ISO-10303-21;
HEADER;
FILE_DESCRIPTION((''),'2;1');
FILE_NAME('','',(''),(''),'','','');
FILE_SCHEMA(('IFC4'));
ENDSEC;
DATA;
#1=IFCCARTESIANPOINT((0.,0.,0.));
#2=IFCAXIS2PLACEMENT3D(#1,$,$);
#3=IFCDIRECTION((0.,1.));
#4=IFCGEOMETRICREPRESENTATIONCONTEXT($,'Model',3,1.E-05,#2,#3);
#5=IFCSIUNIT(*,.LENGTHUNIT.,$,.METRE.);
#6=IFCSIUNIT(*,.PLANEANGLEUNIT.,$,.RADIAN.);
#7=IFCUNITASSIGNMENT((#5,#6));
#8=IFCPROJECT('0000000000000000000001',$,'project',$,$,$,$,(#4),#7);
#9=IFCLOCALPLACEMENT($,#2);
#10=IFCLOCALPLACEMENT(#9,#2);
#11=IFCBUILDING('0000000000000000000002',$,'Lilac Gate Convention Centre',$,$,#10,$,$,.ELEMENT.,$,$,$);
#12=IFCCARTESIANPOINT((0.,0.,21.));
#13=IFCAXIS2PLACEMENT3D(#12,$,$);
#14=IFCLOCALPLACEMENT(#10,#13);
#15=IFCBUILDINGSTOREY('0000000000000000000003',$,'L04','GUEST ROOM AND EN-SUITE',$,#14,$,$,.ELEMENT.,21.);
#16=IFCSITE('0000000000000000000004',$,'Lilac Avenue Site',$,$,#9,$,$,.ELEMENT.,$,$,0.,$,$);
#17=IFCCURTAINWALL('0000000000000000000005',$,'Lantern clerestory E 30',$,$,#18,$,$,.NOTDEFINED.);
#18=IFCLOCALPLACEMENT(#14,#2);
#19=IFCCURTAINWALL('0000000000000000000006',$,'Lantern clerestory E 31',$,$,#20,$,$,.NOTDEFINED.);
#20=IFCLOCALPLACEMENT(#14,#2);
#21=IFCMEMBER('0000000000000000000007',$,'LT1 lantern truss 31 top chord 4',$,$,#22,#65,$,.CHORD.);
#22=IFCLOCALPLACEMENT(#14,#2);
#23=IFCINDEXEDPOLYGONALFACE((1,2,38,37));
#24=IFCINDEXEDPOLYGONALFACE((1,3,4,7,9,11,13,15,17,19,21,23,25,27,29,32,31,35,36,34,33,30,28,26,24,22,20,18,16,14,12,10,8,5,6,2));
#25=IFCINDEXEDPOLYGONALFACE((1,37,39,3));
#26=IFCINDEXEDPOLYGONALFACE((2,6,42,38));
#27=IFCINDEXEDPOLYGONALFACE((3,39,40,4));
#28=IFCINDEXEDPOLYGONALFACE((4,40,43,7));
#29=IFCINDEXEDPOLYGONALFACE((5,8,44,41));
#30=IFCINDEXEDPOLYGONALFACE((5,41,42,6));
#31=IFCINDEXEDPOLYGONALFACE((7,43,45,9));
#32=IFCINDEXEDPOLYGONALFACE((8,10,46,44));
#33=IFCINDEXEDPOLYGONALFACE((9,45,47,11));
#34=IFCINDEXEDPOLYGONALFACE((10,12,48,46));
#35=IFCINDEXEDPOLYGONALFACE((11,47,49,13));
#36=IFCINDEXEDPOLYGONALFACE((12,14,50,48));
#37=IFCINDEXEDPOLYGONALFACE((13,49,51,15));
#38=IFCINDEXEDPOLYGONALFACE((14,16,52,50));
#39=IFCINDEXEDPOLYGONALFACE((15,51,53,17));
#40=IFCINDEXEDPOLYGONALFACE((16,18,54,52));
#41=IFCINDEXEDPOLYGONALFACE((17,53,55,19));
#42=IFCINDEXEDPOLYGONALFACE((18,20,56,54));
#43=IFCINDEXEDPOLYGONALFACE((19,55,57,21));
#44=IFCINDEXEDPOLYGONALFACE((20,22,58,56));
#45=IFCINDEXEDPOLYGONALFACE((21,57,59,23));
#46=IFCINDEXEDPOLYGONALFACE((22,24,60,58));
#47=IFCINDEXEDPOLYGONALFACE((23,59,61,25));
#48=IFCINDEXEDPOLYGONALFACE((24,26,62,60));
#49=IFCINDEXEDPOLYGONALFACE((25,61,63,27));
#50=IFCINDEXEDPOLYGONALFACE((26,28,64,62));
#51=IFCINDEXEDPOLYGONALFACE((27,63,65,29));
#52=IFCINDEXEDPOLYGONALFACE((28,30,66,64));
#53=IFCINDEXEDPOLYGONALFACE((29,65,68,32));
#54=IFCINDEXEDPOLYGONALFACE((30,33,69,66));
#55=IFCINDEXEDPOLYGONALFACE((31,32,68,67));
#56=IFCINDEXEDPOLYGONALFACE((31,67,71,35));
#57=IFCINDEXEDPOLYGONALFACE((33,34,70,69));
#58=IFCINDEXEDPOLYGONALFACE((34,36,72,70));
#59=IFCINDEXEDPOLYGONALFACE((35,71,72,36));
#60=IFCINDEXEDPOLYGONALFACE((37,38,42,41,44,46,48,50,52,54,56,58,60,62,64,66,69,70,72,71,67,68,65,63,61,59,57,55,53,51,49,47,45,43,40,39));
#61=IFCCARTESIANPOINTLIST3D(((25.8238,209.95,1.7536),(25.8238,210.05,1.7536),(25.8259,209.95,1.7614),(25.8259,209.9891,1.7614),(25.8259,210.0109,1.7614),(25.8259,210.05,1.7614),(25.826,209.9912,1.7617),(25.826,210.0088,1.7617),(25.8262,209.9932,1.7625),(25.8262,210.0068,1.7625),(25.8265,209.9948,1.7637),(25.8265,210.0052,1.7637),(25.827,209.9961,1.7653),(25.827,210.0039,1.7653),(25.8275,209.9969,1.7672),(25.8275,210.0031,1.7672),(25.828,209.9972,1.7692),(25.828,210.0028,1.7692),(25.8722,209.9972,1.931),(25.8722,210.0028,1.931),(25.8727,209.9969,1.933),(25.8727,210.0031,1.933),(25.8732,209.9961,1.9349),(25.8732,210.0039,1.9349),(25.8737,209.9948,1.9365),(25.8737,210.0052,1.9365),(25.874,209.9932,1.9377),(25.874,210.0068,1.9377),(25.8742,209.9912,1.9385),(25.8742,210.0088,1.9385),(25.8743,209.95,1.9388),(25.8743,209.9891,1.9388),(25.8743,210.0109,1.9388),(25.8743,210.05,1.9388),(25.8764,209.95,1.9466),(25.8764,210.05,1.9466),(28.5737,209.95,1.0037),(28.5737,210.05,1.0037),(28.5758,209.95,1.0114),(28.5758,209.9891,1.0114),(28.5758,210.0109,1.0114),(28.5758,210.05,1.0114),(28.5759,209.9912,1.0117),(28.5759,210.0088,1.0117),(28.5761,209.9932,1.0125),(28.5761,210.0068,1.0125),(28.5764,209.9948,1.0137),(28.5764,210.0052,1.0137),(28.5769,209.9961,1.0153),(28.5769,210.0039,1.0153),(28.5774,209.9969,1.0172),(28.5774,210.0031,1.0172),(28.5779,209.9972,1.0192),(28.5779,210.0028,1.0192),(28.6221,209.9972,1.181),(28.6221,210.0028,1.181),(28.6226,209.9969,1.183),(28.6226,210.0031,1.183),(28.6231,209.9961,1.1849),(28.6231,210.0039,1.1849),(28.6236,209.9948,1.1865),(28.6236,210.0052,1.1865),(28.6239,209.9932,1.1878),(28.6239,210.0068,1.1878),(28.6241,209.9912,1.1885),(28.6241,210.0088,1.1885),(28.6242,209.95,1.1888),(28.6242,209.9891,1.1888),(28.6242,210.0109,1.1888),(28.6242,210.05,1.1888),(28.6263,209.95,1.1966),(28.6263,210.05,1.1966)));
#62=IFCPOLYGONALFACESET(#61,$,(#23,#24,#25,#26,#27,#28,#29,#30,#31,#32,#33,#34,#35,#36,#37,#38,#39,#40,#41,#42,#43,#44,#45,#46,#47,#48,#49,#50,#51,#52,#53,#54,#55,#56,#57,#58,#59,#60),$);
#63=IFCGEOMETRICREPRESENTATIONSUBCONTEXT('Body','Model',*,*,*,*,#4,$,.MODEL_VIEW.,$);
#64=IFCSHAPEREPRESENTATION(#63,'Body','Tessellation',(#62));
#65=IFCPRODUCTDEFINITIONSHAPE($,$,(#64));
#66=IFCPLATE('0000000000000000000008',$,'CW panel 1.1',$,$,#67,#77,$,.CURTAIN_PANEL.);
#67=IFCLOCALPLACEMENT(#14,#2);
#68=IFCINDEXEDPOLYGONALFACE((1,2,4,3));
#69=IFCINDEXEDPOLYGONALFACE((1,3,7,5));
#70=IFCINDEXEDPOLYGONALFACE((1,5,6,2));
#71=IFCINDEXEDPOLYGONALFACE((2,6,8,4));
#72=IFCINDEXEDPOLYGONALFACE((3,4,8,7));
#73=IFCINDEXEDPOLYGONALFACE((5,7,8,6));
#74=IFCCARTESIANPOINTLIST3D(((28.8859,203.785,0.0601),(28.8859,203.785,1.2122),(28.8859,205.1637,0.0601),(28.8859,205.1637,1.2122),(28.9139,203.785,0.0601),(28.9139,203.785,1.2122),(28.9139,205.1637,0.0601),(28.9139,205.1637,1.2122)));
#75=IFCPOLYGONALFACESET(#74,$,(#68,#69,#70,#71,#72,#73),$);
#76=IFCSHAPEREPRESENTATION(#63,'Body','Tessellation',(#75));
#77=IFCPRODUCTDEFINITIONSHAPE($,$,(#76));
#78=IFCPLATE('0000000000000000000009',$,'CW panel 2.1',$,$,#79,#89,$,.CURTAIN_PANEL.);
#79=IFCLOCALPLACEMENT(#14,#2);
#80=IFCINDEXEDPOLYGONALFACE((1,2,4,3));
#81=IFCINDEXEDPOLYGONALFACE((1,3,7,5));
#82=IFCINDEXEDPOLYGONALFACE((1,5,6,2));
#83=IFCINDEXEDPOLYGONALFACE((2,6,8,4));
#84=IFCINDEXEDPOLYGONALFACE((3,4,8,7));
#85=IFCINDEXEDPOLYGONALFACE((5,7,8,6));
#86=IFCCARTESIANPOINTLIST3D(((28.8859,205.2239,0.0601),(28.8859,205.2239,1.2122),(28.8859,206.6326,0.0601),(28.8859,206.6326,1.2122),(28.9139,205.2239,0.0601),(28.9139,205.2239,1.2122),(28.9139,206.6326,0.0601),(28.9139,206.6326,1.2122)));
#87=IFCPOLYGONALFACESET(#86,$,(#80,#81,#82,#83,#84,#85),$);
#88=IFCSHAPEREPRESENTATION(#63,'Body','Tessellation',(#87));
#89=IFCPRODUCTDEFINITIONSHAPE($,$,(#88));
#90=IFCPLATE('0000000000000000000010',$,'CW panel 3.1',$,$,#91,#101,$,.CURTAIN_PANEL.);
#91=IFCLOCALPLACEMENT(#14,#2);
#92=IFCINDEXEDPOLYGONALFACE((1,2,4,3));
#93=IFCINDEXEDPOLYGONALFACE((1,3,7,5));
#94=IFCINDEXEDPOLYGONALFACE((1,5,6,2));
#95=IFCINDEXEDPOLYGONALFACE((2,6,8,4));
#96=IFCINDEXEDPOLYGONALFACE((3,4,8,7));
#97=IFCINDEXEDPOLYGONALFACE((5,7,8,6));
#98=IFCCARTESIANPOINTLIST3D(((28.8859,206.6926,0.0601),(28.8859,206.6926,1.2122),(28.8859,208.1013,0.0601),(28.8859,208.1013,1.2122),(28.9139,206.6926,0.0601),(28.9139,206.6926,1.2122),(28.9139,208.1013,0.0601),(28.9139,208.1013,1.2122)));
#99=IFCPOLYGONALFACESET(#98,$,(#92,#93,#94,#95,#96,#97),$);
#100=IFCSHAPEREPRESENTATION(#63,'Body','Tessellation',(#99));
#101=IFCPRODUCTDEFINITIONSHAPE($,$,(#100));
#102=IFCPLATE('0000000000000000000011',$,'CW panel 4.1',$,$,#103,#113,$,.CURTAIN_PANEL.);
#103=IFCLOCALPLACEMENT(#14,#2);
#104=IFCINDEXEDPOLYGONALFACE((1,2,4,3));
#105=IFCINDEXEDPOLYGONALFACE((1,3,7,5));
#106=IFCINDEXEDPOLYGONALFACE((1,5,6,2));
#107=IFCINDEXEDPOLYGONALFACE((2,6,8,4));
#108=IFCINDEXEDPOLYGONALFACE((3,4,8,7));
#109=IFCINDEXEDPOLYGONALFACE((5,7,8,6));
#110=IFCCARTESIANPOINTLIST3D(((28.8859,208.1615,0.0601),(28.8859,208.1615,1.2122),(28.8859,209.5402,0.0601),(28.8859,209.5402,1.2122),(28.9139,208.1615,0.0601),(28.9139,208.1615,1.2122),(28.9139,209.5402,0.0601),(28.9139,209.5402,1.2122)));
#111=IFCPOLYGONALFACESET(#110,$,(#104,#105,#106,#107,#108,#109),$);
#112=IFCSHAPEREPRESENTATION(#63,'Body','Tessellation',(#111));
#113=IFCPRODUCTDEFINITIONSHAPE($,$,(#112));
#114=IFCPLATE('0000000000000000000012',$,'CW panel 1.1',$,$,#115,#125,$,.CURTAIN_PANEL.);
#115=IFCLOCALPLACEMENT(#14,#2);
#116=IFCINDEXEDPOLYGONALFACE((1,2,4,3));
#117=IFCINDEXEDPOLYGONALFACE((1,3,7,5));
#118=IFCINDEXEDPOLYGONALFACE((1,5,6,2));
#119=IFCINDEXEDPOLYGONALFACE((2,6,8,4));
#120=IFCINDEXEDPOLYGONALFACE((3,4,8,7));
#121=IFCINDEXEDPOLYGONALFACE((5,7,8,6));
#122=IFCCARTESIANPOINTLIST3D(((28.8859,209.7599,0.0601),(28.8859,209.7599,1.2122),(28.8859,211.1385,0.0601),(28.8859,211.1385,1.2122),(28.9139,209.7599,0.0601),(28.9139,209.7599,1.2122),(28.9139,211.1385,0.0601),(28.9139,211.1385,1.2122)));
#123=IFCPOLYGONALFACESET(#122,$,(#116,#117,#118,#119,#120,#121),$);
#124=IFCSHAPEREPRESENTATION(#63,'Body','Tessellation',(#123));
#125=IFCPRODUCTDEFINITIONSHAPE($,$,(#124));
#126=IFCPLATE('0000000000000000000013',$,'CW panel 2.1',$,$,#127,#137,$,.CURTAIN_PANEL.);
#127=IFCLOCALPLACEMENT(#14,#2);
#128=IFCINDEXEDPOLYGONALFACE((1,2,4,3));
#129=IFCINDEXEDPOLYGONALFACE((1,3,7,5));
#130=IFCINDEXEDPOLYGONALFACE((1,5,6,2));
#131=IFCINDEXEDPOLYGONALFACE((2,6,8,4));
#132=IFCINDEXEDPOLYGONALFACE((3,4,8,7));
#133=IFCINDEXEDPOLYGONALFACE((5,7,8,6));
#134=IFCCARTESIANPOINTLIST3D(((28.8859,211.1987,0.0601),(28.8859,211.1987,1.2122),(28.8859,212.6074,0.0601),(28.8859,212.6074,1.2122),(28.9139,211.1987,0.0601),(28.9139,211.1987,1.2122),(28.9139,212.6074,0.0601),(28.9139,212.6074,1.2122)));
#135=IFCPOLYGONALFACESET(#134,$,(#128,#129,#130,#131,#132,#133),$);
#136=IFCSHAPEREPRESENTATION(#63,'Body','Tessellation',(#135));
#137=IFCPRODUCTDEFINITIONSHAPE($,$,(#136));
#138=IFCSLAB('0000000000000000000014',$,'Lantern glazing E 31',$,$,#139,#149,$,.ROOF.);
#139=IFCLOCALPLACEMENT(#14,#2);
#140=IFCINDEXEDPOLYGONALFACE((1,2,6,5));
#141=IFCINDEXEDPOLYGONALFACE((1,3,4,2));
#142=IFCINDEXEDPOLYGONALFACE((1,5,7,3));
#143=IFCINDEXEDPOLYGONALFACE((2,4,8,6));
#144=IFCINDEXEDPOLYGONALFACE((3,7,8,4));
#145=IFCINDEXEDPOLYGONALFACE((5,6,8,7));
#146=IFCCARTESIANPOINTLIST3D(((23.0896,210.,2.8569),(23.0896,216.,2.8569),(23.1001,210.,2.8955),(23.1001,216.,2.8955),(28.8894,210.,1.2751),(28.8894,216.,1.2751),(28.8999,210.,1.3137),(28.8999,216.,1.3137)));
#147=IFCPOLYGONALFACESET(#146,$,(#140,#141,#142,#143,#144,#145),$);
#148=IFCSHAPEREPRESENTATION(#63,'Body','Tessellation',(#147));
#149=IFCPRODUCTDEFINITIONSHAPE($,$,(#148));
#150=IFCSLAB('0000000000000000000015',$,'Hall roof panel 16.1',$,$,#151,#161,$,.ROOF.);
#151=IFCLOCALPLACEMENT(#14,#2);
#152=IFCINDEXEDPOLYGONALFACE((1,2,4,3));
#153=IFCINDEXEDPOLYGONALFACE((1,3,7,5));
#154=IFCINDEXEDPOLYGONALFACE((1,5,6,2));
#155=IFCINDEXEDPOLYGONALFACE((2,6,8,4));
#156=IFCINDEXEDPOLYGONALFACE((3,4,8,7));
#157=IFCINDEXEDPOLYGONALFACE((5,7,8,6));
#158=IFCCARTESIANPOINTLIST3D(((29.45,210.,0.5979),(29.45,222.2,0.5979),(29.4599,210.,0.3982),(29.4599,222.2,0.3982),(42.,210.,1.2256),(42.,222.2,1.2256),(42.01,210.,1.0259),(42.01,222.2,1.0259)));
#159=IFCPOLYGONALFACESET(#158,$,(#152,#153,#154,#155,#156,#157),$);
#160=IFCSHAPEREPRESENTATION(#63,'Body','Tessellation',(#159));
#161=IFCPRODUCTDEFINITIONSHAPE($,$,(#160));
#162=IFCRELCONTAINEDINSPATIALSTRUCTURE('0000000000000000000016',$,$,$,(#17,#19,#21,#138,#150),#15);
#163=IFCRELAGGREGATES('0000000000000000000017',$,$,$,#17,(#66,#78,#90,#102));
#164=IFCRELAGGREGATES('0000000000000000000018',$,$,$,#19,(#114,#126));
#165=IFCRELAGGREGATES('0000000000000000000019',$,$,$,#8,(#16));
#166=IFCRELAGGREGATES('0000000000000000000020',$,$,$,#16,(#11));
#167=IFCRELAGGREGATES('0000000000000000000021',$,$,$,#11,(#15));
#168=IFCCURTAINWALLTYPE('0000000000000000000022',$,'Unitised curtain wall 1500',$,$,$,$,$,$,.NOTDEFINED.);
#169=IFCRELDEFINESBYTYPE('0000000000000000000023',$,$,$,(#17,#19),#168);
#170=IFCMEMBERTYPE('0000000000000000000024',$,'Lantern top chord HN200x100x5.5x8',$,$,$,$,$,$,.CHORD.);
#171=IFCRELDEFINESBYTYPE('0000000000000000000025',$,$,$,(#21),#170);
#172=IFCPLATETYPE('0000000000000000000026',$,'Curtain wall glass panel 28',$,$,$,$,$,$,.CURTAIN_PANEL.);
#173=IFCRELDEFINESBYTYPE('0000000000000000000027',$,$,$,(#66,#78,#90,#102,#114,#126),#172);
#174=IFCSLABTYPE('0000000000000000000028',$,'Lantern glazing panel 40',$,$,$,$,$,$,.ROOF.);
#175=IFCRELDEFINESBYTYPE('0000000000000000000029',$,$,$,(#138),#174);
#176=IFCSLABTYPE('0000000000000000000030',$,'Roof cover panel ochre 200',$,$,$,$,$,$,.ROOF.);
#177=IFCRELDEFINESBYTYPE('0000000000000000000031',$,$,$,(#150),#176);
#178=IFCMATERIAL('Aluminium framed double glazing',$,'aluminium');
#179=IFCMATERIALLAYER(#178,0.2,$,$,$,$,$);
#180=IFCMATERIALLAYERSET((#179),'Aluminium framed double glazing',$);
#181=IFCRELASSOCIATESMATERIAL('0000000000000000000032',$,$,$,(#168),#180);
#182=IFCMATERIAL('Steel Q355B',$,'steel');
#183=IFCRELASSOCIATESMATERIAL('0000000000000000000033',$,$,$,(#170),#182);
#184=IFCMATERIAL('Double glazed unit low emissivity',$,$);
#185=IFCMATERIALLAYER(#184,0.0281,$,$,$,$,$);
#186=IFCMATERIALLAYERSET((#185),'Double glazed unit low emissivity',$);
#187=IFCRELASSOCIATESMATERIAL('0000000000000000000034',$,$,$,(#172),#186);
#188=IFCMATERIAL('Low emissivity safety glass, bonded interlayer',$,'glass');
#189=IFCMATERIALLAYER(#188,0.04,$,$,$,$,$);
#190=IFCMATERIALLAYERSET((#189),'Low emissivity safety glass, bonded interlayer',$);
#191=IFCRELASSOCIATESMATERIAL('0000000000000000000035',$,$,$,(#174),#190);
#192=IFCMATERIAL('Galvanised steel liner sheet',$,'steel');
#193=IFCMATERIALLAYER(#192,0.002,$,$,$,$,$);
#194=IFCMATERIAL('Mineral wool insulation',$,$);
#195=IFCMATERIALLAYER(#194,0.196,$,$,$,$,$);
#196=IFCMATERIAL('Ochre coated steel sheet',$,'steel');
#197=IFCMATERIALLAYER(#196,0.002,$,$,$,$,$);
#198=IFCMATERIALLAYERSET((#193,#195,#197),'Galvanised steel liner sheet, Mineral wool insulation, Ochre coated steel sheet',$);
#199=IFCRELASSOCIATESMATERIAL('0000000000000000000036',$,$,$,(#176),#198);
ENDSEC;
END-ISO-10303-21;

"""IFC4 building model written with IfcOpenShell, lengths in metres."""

from ifc_helpers import new_model, si_unit, direction, frame, origin, origin_2d, place, context, subcontext, project, spatial, polyline, rectangle, i_section, outline, extrude, material, layer, layer_set, material_profile, profile_set, type_object, element, aggregate, save


model = new_model("IFC4")

# Units and contexts
model_context = context("Model", 3, precision=1e-05, world=origin(), true_north=direction((0.0, 1.0)))
body_context = subcontext(model_context, "Body", "Model", "MODEL_VIEW")
ifc_project = project(units=[si_unit("LENGTHUNIT", "METRE"), si_unit("PLANEANGLEUNIT", "RADIAN")], contexts=[model_context])

# Site, building, storey
site_placement = place(None, origin())
site = spatial("IfcSite", under=ifc_project, at=site_placement, Name="Lilac Avenue Site", CompositionType="ELEMENT", RefElevation=0.0)
building_placement = place(site_placement, origin())
building = spatial("IfcBuilding", under=site, at=building_placement, Name="Lilac Gate Convention Centre", CompositionType="ELEMENT")
storey_placement = place(building_placement, frame((0.0, 0.0, 21.0)))
storey = spatial("IfcBuildingStorey", under=building, at=storey_placement, Name="L04", Description="GUEST ROOM AND EN-SUITE", CompositionType="ELEMENT", Elevation=21.0)

# Curtain walls
ifc_material_1 = material(Name="Aluminium framed double glazing", Category="aluminium")
ifc_layer_1 = layer(ifc_material_1, 0.2)
ifc_layer_set_1 = layer_set([ifc_layer_1], Name="Aluminium framed double glazing")
curtain_wall_type = type_object("IfcCurtainWallType", Name="Unitised curtain wall 1500", PredefinedType="NOTDEFINED", material=ifc_layer_set_1)
curtain_wall_1_placement = place(storey_placement, origin())
curtain_wall_1 = element("IfcCurtainWall", 1, at=curtain_wall_1_placement, inside=storey, type_object=curtain_wall_type, Name="Lantern clerestory E 30", PredefinedType="NOTDEFINED")
curtain_wall_2_placement = place(storey_placement, origin())
curtain_wall_2 = element("IfcCurtainWall", 2, at=curtain_wall_2_placement, inside=storey, type_object=curtain_wall_type, Name="Lantern clerestory E 31", PredefinedType="NOTDEFINED")

# Member
ifc_material_2 = material(Name="Steel Q355B", Category="steel")
ifc_material_profile_1 = material_profile(ifc_material_2, i_section(OverallWidth=0.1001, OverallDepth=0.2, WebThickness=0.0056, FlangeThickness=0.0081, FilletRadius=0.0081, at=origin_2d()), Name="HN200x100x5.5x8")
ifc_profile_set_1 = profile_set([ifc_material_profile_1], Name="Steel Q355B")
member_type_1 = type_object("IfcMemberType", Name="Lantern top chord HN200x100x5.5x8", PredefinedType="CHORD", material=ifc_profile_set_1)
for number, where, z_axis, x_axis, name in (
    (3, (25.8501, 210.0, 1.8501), (0.964764, 0.0, -0.263117), (0.0, 1.0, 0.0), "LT1 lantern truss 31 top chord 4"),
):
    element("IfcMember", number, at=place(storey_placement, frame(where, z_axis=z_axis, x_axis=x_axis)), inside=storey, type_object=member_type_1, Name=name, PredefinedType="CHORD", context=body_context, shape_type="SweptSolid", body=[
        extrude(i_section(OverallWidth=0.1001, OverallDepth=0.2, WebThickness=0.0056, FlangeThickness=0.0081, FilletRadius=0.0081, at=origin_2d()), origin(), (0.0, 0.0, 1.0), 2.8503),
    ])

# Plates
ifc_material_3 = material(Name="Double glazed unit low emissivity")
ifc_layer_2 = layer(ifc_material_3, 0.0281)
ifc_layer_set_2 = layer_set([ifc_layer_2], Name="Double glazed unit low emissivity")
plate_type = type_object("IfcPlateType", Name="Curtain wall glass panel 28", PredefinedType="CURTAIN_PANEL", material=ifc_layer_set_2)
plate_1_placement = place(storey_placement, frame((28.8999, 204.4744, 0.0601), z_axis=(0.0, 0.0, 1.0), x_axis=(0.0, 1.0, 0.0)))
plate_1 = element("IfcPlate", 4, at=plate_1_placement, type_object=plate_type, Name="CW panel 1.1", PredefinedType="CURTAIN_PANEL", context=body_context, shape_type="SweptSolid", body=[
    extrude(rectangle(XDim=1.3787, YDim=0.0281, at=origin_2d()), origin(), (0.0, 0.0, 1.0), 1.1521),
])
plate_2_placement = place(storey_placement, frame((28.8999, 205.9282, 0.0601), z_axis=(0.0, 0.0, 1.0), x_axis=(0.0, 1.0, 0.0)))
plate_2 = element("IfcPlate", 5, at=plate_2_placement, type_object=plate_type, Name="CW panel 2.1", PredefinedType="CURTAIN_PANEL", context=body_context, shape_type="SweptSolid", body=[
    extrude(rectangle(XDim=1.4087, YDim=0.0281, at=origin_2d()), origin(), (0.0, 0.0, 1.0), 1.1521),
])
plate_3_placement = place(storey_placement, frame((28.8999, 207.397, 0.0601), z_axis=(0.0, 0.0, 1.0), x_axis=(0.0, 1.0, 0.0)))
plate_3 = element("IfcPlate", 6, at=plate_3_placement, type_object=plate_type, Name="CW panel 3.1", PredefinedType="CURTAIN_PANEL", context=body_context, shape_type="SweptSolid", body=[
    extrude(rectangle(XDim=1.4087, YDim=0.0281, at=origin_2d()), origin(), (0.0, 0.0, 1.0), 1.1521),
])
plate_4_placement = place(storey_placement, frame((28.8999, 208.8508, 0.0601), z_axis=(0.0, 0.0, 1.0), x_axis=(0.0, 1.0, 0.0)))
plate_4 = element("IfcPlate", 7, at=plate_4_placement, type_object=plate_type, Name="CW panel 4.1", PredefinedType="CURTAIN_PANEL", context=body_context, shape_type="SweptSolid", body=[
    extrude(rectangle(XDim=1.3787, YDim=0.0281, at=origin_2d()), origin(), (0.0, 0.0, 1.0), 1.1521),
])
aggregate(curtain_wall_1, [plate_1, plate_2, plate_3, plate_4])
plate_5_placement = place(storey_placement, frame((28.8999, 210.4492, 0.0601), z_axis=(0.0, 0.0, 1.0), x_axis=(0.0, 1.0, 0.0)))
plate_5 = element("IfcPlate", 8, at=plate_5_placement, type_object=plate_type, Name="CW panel 1.1", PredefinedType="CURTAIN_PANEL", context=body_context, shape_type="SweptSolid", body=[
    extrude(rectangle(XDim=1.3787, YDim=0.0281, at=origin_2d()), origin(), (0.0, 0.0, 1.0), 1.1521),
])
plate_6_placement = place(storey_placement, frame((28.8999, 211.9031, 0.0601), z_axis=(0.0, 0.0, 1.0), x_axis=(0.0, 1.0, 0.0)))
plate_6 = element("IfcPlate", 9, at=plate_6_placement, type_object=plate_type, Name="CW panel 2.1", PredefinedType="CURTAIN_PANEL", context=body_context, shape_type="SweptSolid", body=[
    extrude(rectangle(XDim=1.4087, YDim=0.0281, at=origin_2d()), origin(), (0.0, 0.0, 1.0), 1.1521),
])
aggregate(curtain_wall_2, [plate_5, plate_6])

# Slabs
ifc_material_4 = material(Name="Low emissivity safety glass, bonded interlayer", Category="glass")
ifc_layer_3 = layer(ifc_material_4, 0.04)
ifc_layer_set_3 = layer_set([ifc_layer_3], Name="Low emissivity safety glass, bonded interlayer")
slab_type_1 = type_object("IfcSlabType", Name="Lantern glazing panel 40", PredefinedType="ROOF", material=ifc_layer_set_3)
slab_1_placement = place(storey_placement, frame((23.1001, 210.0, 2.8955), z_axis=(0.263121, 0.0, 0.964763), x_axis=(0.964763, 0.0, -0.263121)))
element("IfcSlab", 10, at=slab_1_placement, inside=storey, type_object=slab_type_1, Name="Lantern glazing E 31", PredefinedType="ROOF", context=body_context, shape_type="SweptSolid", body=[
    extrude(outline(polyline([(0.0, 0.0), (6.0116, 0.0), (6.0116, 6.0), (0.0, 6.0), (0.0, 0.0)])), origin(), (0.0, 0.0, -1.0), 0.04),
])
ifc_material_5 = material(Name="Galvanised steel liner sheet", Category="steel")
ifc_layer_4 = layer(ifc_material_5, 0.002)
ifc_material_6 = material(Name="Mineral wool insulation")
ifc_layer_5 = layer(ifc_material_6, 0.196)
ifc_material_7 = material(Name="Ochre coated steel sheet", Category="steel")
ifc_layer_6 = layer(ifc_material_7, 0.002)
ifc_layer_set_4 = layer_set([ifc_layer_4, ifc_layer_5, ifc_layer_6], Name="Galvanised steel liner sheet, Mineral wool insulation, Ochre coated steel sheet")
slab_type_2 = type_object("IfcSlabType", Name="Roof cover panel ochre 200", PredefinedType="ROOF", material=ifc_layer_set_4)
slab_2_placement = place(storey_placement, frame((29.45, 210.0, 0.5979), z_axis=(-0.049952, 0.0, 0.998752), x_axis=(0.998752, 0.0, 0.049952)))
element("IfcSlab", 11, at=slab_2_placement, inside=storey, type_object=slab_type_2, Name="Hall roof panel 16.1", PredefinedType="ROOF", context=body_context, shape_type="SweptSolid", body=[
    extrude(outline(polyline([(0.0, 0.0), (12.5657, 0.0), (12.5657, 12.2), (0.0, 12.2), (0.0, 0.0)])), origin(), (0.0, 0.0, -1.0), 0.2),
])

save(model, "model.ifc")
